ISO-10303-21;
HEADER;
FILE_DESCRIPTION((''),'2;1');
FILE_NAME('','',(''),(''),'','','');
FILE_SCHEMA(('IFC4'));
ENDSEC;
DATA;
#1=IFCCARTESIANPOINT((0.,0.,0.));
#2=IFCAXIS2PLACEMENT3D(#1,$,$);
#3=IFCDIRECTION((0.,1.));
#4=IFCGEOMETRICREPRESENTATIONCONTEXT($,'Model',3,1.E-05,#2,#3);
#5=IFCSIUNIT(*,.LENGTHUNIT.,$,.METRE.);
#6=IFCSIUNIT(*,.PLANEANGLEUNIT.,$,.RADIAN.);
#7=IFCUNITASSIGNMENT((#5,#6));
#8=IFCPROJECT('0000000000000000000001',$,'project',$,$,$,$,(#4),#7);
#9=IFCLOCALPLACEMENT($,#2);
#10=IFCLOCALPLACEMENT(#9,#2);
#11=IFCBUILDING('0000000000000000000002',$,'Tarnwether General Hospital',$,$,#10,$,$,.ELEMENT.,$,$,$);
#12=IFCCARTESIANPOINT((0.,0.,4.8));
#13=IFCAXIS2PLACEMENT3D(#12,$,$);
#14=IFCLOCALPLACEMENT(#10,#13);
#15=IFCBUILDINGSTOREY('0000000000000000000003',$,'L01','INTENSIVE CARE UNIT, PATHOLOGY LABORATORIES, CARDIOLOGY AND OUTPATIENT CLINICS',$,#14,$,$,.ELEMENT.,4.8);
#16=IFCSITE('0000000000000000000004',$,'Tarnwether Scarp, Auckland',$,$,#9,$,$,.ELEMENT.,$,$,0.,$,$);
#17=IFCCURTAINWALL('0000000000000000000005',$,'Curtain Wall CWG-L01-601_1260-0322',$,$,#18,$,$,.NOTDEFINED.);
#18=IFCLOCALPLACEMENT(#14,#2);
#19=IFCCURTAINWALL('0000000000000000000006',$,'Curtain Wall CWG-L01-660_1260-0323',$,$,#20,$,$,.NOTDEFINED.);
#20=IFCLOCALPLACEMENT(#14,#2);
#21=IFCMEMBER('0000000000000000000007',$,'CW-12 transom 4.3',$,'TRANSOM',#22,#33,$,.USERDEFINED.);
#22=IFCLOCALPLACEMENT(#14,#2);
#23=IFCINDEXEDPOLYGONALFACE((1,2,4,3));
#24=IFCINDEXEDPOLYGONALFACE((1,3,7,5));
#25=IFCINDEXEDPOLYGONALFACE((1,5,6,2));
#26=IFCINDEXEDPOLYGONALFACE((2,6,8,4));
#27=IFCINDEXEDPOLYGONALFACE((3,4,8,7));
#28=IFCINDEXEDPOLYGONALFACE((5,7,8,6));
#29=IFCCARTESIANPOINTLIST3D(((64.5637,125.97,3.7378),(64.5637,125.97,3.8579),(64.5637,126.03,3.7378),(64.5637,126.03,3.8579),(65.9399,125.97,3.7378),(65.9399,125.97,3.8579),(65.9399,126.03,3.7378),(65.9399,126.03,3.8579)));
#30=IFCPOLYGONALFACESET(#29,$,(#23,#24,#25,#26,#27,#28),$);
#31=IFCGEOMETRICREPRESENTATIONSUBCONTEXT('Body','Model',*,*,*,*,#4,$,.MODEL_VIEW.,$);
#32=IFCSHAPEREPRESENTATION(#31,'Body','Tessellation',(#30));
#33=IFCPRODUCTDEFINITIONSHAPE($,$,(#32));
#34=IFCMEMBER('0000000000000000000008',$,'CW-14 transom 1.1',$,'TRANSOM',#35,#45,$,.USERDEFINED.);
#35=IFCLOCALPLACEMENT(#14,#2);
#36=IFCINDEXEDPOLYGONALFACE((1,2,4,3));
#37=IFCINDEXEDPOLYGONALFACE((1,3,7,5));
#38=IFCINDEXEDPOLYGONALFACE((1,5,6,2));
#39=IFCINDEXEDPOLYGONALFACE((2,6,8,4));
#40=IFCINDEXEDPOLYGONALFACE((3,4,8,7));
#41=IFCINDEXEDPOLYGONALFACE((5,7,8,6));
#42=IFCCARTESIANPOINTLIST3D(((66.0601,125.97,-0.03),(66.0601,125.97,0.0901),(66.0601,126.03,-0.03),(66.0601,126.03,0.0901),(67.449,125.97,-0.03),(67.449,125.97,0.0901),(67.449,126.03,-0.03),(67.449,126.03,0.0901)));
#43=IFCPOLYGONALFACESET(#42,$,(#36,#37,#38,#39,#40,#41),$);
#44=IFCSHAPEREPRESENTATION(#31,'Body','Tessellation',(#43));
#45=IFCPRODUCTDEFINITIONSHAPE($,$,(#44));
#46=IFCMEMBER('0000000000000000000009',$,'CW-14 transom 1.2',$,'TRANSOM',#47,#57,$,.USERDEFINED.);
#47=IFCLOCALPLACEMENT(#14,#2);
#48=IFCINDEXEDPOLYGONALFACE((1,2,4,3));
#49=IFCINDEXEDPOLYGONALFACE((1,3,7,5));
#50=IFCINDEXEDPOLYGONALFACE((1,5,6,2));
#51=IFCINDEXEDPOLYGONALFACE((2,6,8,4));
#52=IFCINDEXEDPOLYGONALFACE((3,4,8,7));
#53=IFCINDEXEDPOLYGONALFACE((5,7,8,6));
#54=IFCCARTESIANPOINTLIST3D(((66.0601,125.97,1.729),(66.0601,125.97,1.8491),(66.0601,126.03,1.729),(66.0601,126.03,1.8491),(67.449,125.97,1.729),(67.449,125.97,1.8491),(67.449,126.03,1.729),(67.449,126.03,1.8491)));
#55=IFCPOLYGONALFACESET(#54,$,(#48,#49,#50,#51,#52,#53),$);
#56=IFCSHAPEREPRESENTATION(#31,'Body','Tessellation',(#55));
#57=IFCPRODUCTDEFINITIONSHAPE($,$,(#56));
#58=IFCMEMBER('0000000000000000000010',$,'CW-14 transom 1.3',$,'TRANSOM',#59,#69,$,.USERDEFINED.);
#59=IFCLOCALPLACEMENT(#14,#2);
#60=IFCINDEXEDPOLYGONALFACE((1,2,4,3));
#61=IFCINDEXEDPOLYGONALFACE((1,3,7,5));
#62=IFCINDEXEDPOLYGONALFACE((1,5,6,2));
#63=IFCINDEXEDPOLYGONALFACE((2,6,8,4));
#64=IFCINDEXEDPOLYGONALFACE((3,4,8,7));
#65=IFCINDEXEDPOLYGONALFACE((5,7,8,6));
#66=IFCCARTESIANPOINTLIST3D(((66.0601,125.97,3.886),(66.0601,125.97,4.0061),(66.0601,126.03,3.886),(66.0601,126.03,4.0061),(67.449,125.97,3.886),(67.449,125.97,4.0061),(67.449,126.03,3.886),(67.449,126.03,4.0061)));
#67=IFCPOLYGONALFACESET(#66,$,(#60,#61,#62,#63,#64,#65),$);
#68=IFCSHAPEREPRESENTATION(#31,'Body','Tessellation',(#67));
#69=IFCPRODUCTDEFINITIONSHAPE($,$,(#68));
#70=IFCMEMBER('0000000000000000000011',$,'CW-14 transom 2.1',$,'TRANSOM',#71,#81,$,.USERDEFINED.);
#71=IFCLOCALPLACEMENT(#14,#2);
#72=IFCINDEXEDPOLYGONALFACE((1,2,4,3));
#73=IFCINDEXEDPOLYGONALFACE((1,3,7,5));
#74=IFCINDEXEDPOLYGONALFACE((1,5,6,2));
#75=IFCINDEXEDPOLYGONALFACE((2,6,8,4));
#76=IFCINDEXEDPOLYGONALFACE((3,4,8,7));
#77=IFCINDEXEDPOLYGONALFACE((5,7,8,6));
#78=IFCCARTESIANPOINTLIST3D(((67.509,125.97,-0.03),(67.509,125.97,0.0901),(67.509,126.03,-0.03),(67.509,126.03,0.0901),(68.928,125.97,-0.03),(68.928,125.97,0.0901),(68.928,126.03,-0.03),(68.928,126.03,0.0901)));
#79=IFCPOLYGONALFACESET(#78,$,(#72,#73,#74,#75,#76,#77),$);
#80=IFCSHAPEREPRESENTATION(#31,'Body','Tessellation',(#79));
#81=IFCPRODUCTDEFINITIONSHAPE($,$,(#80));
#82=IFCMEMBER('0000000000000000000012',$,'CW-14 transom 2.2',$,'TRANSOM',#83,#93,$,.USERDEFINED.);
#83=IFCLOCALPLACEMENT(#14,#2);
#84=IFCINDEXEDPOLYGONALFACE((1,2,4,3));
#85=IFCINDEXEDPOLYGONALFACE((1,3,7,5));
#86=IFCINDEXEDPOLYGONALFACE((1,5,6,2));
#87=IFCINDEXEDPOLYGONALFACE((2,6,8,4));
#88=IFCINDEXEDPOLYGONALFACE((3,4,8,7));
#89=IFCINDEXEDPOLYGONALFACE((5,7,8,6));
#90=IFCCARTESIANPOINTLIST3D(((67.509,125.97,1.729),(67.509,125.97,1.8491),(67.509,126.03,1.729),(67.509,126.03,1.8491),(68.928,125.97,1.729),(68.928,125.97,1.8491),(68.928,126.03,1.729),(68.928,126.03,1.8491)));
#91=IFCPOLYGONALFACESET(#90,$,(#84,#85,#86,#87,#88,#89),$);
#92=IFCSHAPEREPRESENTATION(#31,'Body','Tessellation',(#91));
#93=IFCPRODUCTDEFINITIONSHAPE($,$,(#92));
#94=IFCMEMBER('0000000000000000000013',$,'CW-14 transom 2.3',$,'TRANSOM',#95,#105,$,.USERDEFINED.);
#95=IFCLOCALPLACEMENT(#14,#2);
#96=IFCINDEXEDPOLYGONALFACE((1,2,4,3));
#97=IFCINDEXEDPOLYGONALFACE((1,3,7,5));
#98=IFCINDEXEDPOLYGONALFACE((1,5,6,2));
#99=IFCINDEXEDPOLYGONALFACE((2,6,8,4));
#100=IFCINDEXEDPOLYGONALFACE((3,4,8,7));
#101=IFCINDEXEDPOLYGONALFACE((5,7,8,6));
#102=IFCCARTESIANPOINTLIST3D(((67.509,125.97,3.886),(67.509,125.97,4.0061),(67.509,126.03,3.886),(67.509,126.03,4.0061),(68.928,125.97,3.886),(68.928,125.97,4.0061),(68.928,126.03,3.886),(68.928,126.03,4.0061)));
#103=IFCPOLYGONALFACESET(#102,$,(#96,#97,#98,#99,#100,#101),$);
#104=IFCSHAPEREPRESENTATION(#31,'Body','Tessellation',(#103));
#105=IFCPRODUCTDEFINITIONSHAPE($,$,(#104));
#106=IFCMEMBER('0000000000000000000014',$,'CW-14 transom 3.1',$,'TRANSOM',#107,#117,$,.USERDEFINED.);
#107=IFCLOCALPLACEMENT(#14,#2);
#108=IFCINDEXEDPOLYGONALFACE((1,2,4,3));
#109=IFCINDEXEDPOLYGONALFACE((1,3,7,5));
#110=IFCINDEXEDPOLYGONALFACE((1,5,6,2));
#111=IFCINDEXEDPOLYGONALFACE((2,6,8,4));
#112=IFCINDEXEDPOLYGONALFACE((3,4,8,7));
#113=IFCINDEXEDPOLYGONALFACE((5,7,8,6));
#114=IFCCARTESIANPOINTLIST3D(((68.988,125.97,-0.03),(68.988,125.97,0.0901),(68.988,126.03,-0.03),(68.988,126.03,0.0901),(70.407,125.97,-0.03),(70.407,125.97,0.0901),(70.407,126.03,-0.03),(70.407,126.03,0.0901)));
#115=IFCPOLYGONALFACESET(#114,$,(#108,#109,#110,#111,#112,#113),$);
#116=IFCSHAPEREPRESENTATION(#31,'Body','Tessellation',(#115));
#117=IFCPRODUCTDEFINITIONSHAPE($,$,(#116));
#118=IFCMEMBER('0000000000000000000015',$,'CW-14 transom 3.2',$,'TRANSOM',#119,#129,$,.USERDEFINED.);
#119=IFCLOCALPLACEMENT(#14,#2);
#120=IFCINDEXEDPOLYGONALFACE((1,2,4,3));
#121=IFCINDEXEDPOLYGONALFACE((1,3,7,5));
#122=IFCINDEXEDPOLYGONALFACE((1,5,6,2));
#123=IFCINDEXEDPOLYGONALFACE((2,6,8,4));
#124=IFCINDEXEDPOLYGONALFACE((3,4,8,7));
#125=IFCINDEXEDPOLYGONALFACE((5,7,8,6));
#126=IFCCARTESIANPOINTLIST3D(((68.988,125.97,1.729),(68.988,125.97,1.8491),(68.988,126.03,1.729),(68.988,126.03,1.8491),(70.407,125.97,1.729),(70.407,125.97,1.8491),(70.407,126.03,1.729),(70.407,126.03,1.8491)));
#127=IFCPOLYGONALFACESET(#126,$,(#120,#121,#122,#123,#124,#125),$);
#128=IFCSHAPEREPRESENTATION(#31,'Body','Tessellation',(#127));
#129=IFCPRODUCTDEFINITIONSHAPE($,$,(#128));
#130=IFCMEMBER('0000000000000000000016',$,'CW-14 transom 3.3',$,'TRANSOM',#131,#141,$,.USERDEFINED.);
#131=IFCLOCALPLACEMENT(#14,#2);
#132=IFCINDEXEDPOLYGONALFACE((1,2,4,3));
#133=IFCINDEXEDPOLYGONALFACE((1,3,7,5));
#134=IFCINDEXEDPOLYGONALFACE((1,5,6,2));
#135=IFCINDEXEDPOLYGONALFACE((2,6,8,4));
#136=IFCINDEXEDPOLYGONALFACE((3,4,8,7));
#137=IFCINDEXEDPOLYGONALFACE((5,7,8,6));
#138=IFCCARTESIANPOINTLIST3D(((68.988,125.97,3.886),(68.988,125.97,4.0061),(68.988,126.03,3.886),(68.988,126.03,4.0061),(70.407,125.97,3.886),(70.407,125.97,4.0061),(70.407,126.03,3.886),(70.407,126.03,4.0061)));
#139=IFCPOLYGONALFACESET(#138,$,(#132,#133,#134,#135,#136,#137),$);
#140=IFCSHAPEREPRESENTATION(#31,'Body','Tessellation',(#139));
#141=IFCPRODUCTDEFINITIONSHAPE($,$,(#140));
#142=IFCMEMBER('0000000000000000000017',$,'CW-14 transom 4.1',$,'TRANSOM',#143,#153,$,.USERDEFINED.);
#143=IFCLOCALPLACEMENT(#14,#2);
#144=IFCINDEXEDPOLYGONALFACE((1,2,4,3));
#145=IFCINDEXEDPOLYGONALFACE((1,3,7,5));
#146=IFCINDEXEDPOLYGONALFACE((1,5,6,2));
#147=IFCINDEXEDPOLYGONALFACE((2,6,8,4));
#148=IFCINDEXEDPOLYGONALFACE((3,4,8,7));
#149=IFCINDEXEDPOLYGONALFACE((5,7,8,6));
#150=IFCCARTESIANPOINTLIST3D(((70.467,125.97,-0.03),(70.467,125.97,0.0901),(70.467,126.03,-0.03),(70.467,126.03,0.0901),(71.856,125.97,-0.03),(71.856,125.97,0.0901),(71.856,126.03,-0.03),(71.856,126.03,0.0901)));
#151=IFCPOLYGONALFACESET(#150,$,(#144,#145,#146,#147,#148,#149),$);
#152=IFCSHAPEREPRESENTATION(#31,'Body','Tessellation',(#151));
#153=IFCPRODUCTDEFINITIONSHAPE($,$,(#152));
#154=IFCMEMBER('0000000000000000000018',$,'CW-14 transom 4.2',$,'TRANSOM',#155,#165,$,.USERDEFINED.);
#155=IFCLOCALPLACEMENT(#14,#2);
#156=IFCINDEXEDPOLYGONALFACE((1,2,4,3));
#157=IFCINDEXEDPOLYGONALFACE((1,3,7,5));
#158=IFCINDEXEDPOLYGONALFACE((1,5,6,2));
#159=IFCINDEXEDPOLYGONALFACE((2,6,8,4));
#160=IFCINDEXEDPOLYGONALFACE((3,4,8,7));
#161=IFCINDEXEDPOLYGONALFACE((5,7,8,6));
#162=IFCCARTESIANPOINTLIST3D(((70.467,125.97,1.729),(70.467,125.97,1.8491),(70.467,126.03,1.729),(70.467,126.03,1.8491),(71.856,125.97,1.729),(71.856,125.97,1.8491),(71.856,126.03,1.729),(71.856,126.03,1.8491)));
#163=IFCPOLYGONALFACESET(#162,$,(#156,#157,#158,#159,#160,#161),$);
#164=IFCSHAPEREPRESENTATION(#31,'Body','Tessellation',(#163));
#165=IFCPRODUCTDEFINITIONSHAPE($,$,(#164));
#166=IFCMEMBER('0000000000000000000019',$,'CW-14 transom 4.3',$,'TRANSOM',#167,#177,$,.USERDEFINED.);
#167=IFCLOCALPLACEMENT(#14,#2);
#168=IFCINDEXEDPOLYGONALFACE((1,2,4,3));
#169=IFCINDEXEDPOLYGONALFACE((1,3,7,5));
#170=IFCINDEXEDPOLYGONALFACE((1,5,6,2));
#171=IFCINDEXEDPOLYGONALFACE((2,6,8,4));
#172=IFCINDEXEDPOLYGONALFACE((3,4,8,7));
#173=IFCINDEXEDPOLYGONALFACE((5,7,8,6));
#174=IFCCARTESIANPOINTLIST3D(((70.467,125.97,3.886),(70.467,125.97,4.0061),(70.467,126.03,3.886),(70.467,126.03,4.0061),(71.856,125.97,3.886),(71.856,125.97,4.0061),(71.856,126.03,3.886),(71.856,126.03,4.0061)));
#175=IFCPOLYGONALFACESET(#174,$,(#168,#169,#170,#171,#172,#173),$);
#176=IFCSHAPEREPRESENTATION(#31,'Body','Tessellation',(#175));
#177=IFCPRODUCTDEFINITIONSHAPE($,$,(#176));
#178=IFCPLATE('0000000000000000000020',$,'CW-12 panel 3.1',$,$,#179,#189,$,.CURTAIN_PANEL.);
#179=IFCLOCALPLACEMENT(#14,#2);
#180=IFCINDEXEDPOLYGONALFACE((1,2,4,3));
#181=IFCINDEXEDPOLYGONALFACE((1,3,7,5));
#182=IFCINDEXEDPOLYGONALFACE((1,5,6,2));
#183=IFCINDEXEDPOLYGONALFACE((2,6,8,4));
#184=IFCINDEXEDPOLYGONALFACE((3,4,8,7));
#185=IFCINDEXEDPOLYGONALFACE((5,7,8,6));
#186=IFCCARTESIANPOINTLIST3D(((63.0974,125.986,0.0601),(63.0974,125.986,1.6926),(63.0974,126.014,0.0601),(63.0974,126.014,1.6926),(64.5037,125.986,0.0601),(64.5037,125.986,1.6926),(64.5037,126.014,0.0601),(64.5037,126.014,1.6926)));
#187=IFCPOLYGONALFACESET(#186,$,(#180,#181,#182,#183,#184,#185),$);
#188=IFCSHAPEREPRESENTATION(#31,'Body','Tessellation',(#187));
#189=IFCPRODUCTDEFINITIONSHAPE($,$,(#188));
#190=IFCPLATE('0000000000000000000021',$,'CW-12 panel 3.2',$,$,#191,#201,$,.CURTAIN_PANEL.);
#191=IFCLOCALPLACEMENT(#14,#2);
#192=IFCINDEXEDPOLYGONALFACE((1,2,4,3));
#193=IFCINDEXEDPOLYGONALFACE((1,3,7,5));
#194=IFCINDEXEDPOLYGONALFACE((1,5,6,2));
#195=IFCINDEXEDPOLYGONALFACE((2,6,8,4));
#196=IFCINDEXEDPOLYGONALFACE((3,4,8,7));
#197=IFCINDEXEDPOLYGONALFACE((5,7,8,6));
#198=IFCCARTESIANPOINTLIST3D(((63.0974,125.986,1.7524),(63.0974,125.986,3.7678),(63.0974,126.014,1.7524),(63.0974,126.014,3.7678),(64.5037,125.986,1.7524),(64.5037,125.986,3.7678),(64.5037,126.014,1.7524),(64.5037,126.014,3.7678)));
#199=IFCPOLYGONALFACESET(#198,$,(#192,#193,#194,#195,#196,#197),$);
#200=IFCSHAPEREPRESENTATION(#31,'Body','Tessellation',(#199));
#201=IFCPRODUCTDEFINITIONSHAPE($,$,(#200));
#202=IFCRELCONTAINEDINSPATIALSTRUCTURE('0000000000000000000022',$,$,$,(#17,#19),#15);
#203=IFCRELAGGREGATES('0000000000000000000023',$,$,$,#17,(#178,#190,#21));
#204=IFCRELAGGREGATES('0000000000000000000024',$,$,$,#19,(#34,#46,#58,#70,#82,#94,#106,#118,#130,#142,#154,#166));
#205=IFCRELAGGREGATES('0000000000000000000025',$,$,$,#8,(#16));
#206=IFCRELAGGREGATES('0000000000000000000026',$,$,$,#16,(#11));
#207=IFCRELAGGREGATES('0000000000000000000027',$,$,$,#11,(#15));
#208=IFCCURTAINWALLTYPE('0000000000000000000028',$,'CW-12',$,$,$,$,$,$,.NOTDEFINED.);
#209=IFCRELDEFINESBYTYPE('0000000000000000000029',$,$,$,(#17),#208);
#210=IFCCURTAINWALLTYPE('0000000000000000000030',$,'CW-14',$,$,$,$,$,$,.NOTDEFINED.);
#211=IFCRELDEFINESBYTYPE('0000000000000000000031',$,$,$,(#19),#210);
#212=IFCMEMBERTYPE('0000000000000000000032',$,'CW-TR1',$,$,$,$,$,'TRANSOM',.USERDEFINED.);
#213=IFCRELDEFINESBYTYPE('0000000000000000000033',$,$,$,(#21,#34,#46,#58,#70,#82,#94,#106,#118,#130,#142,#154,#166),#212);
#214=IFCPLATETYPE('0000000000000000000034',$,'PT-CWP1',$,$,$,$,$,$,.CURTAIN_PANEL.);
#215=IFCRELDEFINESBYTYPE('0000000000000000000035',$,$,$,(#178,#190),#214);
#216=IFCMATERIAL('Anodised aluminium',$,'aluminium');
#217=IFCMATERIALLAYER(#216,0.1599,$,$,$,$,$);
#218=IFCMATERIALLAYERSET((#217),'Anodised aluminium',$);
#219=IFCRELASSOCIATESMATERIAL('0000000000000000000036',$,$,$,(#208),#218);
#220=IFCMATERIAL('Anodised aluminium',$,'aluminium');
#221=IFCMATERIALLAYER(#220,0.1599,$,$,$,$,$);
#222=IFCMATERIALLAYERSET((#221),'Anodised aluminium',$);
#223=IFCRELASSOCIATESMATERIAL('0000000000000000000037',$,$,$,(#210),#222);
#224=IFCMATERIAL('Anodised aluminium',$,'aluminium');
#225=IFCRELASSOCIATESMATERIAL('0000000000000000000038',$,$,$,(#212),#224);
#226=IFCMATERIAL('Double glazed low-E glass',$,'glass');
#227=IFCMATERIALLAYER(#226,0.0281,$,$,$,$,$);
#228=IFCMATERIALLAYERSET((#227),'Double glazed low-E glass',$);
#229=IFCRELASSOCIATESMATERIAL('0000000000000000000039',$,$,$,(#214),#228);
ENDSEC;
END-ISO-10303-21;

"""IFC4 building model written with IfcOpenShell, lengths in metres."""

from ifc_helpers import new_model, si_unit, direction, frame, origin, origin_2d, place, context, subcontext, project, spatial, rectangle, extrude, material, layer, layer_set, material_profile, profile_set, type_object, element, aggregate, save


model = new_model("IFC4")

# Units and contexts
model_context = context("Model", 3, precision=1e-05, world=origin(), true_north=direction((0.0, 1.0)))
body_context = subcontext(model_context, "Body", "Model", "MODEL_VIEW")
ifc_project = project(units=[si_unit("LENGTHUNIT", "METRE"), si_unit("PLANEANGLEUNIT", "RADIAN")], contexts=[model_context])

# Site, building, storey
site_placement = place(None, origin())
site = spatial("IfcSite", under=ifc_project, at=site_placement, Name="Tarnwether Scarp, Auckland", CompositionType="ELEMENT", RefElevation=0.0)
building_placement = place(site_placement, origin())
building = spatial("IfcBuilding", under=site, at=building_placement, Name="Tarnwether General Hospital", CompositionType="ELEMENT")
storey_placement = place(building_placement, frame((0.0, 0.0, 4.8)))
storey = spatial("IfcBuildingStorey", under=building, at=storey_placement, Name="L01", Description="INTENSIVE CARE UNIT, PATHOLOGY LABORATORIES, CARDIOLOGY AND OUTPATIENT CLINICS", CompositionType="ELEMENT", Elevation=4.8)

# Curtain walls
ifc_material_1 = material(Name="Anodised aluminium", Category="aluminium")
ifc_layer_1 = layer(ifc_material_1, 0.1599)
ifc_layer_set_1 = layer_set([ifc_layer_1], Name="Anodised aluminium")
curtain_wall_type_1 = type_object("IfcCurtainWallType", Name="CW-12", PredefinedType="NOTDEFINED", material=ifc_layer_set_1)
curtain_wall_1_placement = place(storey_placement, origin())
curtain_wall_1 = element("IfcCurtainWall", 1, at=curtain_wall_1_placement, inside=storey, type_object=curtain_wall_type_1, Name="Curtain Wall CWG-L01-601_1260-0322", PredefinedType="NOTDEFINED")
ifc_material_2 = material(Name="Anodised aluminium", Category="aluminium")
ifc_layer_2 = layer(ifc_material_2, 0.1599)
ifc_layer_set_2 = layer_set([ifc_layer_2], Name="Anodised aluminium")
curtain_wall_type_2 = type_object("IfcCurtainWallType", Name="CW-14", PredefinedType="NOTDEFINED", material=ifc_layer_set_2)
curtain_wall_2_placement = place(storey_placement, origin())
curtain_wall_2 = element("IfcCurtainWall", 2, at=curtain_wall_2_placement, inside=storey, type_object=curtain_wall_type_2, Name="Curtain Wall CWG-L01-660_1260-0323", PredefinedType="NOTDEFINED")

# Members
ifc_material_3 = material(Name="Anodised aluminium", Category="aluminium")
ifc_material_profile_1 = material_profile(ifc_material_3, rectangle(XDim=0.0601, YDim=0.1201, at=origin_2d()), Name="ALU-TRN-60x120")
ifc_profile_set_1 = profile_set([ifc_material_profile_1], Name="Anodised aluminium")
member_type_1 = type_object("IfcMemberType", Name="CW-TR1", ElementType="TRANSOM", PredefinedType="USERDEFINED", material=ifc_profile_set_1)
member_1_placement = place(storey_placement, frame((64.5637, 126.0, 3.7979), z_axis=(1.0, 0.0, 0.0), x_axis=(0.0, 1.0, 0.0)))
member_1 = element("IfcMember", 3, at=member_1_placement, type_object=member_type_1, Name="CW-12 transom 4.3", ObjectType="TRANSOM", PredefinedType="USERDEFINED", context=body_context, shape_type="SweptSolid", body=[
    extrude(rectangle(XDim=0.0601, YDim=0.1201, at=origin_2d()), origin(), (0.0, 0.0, 1.0), 1.3762),
])
member_2_placement = place(storey_placement, frame((66.0601, 126.0, 0.03), z_axis=(1.0, 0.0, 0.0), x_axis=(0.0, 1.0, 0.0)))
member_2 = element("IfcMember", 4, at=member_2_placement, type_object=member_type_1, Name="CW-14 transom 1.1", ObjectType="TRANSOM", PredefinedType="USERDEFINED", context=body_context, shape_type="SweptSolid", body=[
    extrude(rectangle(XDim=0.0601, YDim=0.1201, at=origin_2d()), origin(), (0.0, 0.0, 1.0), 1.3889),
])
member_3_placement = place(storey_placement, frame((66.0601, 126.0, 1.7891), z_axis=(1.0, 0.0, 0.0), x_axis=(0.0, 1.0, 0.0)))
member_3 = element("IfcMember", 5, at=member_3_placement, type_object=member_type_1, Name="CW-14 transom 1.2", ObjectType="TRANSOM", PredefinedType="USERDEFINED", context=body_context, shape_type="SweptSolid", body=[
    extrude(rectangle(XDim=0.0601, YDim=0.1201, at=origin_2d()), origin(), (0.0, 0.0, 1.0), 1.3889),
])
member_4_placement = place(storey_placement, frame((66.0601, 126.0, 3.946), z_axis=(1.0, 0.0, 0.0), x_axis=(0.0, 1.0, 0.0)))
member_4 = element("IfcMember", 6, at=member_4_placement, type_object=member_type_1, Name="CW-14 transom 1.3", ObjectType="TRANSOM", PredefinedType="USERDEFINED", context=body_context, shape_type="SweptSolid", body=[
    extrude(rectangle(XDim=0.0601, YDim=0.1201, at=origin_2d()), origin(), (0.0, 0.0, 1.0), 1.3889),
])
member_5_placement = place(storey_placement, frame((67.509, 126.0, 0.03), z_axis=(1.0, 0.0, 0.0), x_axis=(0.0, 1.0, 0.0)))
member_5 = element("IfcMember", 7, at=member_5_placement, type_object=member_type_1, Name="CW-14 transom 2.1", ObjectType="TRANSOM", PredefinedType="USERDEFINED", context=body_context, shape_type="SweptSolid", body=[
    extrude(rectangle(XDim=0.0601, YDim=0.1201, at=origin_2d()), origin(), (0.0, 0.0, 1.0), 1.4189),
])
member_6_placement = place(storey_placement, frame((67.509, 126.0, 1.7891), z_axis=(1.0, 0.0, 0.0), x_axis=(0.0, 1.0, 0.0)))
member_6 = element("IfcMember", 8, at=member_6_placement, type_object=member_type_1, Name="CW-14 transom 2.2", ObjectType="TRANSOM", PredefinedType="USERDEFINED", context=body_context, shape_type="SweptSolid", body=[
    extrude(rectangle(XDim=0.0601, YDim=0.1201, at=origin_2d()), origin(), (0.0, 0.0, 1.0), 1.4189),
])
member_7_placement = place(storey_placement, frame((67.509, 126.0, 3.946), z_axis=(1.0, 0.0, 0.0), x_axis=(0.0, 1.0, 0.0)))
member_7 = element("IfcMember", 9, at=member_7_placement, type_object=member_type_1, Name="CW-14 transom 2.3", ObjectType="TRANSOM", PredefinedType="USERDEFINED", context=body_context, shape_type="SweptSolid", body=[
    extrude(rectangle(XDim=0.0601, YDim=0.1201, at=origin_2d()), origin(), (0.0, 0.0, 1.0), 1.4189),
])
member_8_placement = place(storey_placement, frame((68.988, 126.0, 0.03), z_axis=(1.0, 0.0, 0.0), x_axis=(0.0, 1.0, 0.0)))
member_8 = element("IfcMember", 10, at=member_8_placement, type_object=member_type_1, Name="CW-14 transom 3.1", ObjectType="TRANSOM", PredefinedType="USERDEFINED", context=body_context, shape_type="SweptSolid", body=[
    extrude(rectangle(XDim=0.0601, YDim=0.1201, at=origin_2d()), origin(), (0.0, 0.0, 1.0), 1.4189),
])
member_9_placement = place(storey_placement, frame((68.988, 126.0, 1.7891), z_axis=(1.0, 0.0, 0.0), x_axis=(0.0, 1.0, 0.0)))
member_9 = element("IfcMember", 11, at=member_9_placement, type_object=member_type_1, Name="CW-14 transom 3.2", ObjectType="TRANSOM", PredefinedType="USERDEFINED", context=body_context, shape_type="SweptSolid", body=[
    extrude(rectangle(XDim=0.0601, YDim=0.1201, at=origin_2d()), origin(), (0.0, 0.0, 1.0), 1.4189),
])
member_10_placement = place(storey_placement, frame((68.988, 126.0, 3.946), z_axis=(1.0, 0.0, 0.0), x_axis=(0.0, 1.0, 0.0)))
member_10 = element("IfcMember", 12, at=member_10_placement, type_object=member_type_1, Name="CW-14 transom 3.3", ObjectType="TRANSOM", PredefinedType="USERDEFINED", context=body_context, shape_type="SweptSolid", body=[
    extrude(rectangle(XDim=0.0601, YDim=0.1201, at=origin_2d()), origin(), (0.0, 0.0, 1.0), 1.4189),
])
member_11_placement = place(storey_placement, frame((70.467, 126.0, 0.03), z_axis=(1.0, 0.0, 0.0), x_axis=(0.0, 1.0, 0.0)))
member_11 = element("IfcMember", 13, at=member_11_placement, type_object=member_type_1, Name="CW-14 transom 4.1", ObjectType="TRANSOM", PredefinedType="USERDEFINED", context=body_context, shape_type="SweptSolid", body=[
    extrude(rectangle(XDim=0.0601, YDim=0.1201, at=origin_2d()), origin(), (0.0, 0.0, 1.0), 1.3889),
])
member_12_placement = place(storey_placement, frame((70.467, 126.0, 1.7891), z_axis=(1.0, 0.0, 0.0), x_axis=(0.0, 1.0, 0.0)))
member_12 = element("IfcMember", 14, at=member_12_placement, type_object=member_type_1, Name="CW-14 transom 4.2", ObjectType="TRANSOM", PredefinedType="USERDEFINED", context=body_context, shape_type="SweptSolid", body=[
    extrude(rectangle(XDim=0.0601, YDim=0.1201, at=origin_2d()), origin(), (0.0, 0.0, 1.0), 1.3889),
])
member_13_placement = place(storey_placement, frame((70.467, 126.0, 3.946), z_axis=(1.0, 0.0, 0.0), x_axis=(0.0, 1.0, 0.0)))
member_13 = element("IfcMember", 15, at=member_13_placement, type_object=member_type_1, Name="CW-14 transom 4.3", ObjectType="TRANSOM", PredefinedType="USERDEFINED", context=body_context, shape_type="SweptSolid", body=[
    extrude(rectangle(XDim=0.0601, YDim=0.1201, at=origin_2d()), origin(), (0.0, 0.0, 1.0), 1.3889),
])

# Plates
ifc_material_4 = material(Name="Double glazed low-E glass", Category="glass")
ifc_layer_3 = layer(ifc_material_4, 0.0281)
ifc_layer_set_3 = layer_set([ifc_layer_3], Name="Double glazed low-E glass")
plate_type_1 = type_object("IfcPlateType", Name="PT-CWP1", PredefinedType="CURTAIN_PANEL", material=ifc_layer_set_3)
plate_1_placement = place(storey_placement, frame((63.8005, 126.0, 0.0601), z_axis=(0.0, 0.0, 1.0), x_axis=(1.0, 0.0, 0.0)))
plate_1 = element("IfcPlate", 16, at=plate_1_placement, type_object=plate_type_1, Name="CW-12 panel 3.1", PredefinedType="CURTAIN_PANEL", context=body_context, shape_type="SweptSolid", body=[
    extrude(rectangle(XDim=1.4062, YDim=0.0281, at=origin_2d()), origin(), (0.0, 0.0, 1.0), 1.6326),
])
plate_2_placement = place(storey_placement, frame((63.8005, 126.0, 1.7524), z_axis=(0.0, 0.0, 1.0), x_axis=(1.0, 0.0, 0.0)))
plate_2 = element("IfcPlate", 17, at=plate_2_placement, type_object=plate_type_1, Name="CW-12 panel 3.2", PredefinedType="CURTAIN_PANEL", context=body_context, shape_type="SweptSolid", body=[
    extrude(rectangle(XDim=1.4062, YDim=0.0281, at=origin_2d()), origin(), (0.0, 0.0, 1.0), 2.0154),
])
aggregate(curtain_wall_1, [plate_1, plate_2, member_1])
aggregate(curtain_wall_2, [member_2, member_3, member_4, member_5, member_6, member_7, member_8, member_9, member_10, member_11, member_12, member_13])

save(model, "model.ifc")
